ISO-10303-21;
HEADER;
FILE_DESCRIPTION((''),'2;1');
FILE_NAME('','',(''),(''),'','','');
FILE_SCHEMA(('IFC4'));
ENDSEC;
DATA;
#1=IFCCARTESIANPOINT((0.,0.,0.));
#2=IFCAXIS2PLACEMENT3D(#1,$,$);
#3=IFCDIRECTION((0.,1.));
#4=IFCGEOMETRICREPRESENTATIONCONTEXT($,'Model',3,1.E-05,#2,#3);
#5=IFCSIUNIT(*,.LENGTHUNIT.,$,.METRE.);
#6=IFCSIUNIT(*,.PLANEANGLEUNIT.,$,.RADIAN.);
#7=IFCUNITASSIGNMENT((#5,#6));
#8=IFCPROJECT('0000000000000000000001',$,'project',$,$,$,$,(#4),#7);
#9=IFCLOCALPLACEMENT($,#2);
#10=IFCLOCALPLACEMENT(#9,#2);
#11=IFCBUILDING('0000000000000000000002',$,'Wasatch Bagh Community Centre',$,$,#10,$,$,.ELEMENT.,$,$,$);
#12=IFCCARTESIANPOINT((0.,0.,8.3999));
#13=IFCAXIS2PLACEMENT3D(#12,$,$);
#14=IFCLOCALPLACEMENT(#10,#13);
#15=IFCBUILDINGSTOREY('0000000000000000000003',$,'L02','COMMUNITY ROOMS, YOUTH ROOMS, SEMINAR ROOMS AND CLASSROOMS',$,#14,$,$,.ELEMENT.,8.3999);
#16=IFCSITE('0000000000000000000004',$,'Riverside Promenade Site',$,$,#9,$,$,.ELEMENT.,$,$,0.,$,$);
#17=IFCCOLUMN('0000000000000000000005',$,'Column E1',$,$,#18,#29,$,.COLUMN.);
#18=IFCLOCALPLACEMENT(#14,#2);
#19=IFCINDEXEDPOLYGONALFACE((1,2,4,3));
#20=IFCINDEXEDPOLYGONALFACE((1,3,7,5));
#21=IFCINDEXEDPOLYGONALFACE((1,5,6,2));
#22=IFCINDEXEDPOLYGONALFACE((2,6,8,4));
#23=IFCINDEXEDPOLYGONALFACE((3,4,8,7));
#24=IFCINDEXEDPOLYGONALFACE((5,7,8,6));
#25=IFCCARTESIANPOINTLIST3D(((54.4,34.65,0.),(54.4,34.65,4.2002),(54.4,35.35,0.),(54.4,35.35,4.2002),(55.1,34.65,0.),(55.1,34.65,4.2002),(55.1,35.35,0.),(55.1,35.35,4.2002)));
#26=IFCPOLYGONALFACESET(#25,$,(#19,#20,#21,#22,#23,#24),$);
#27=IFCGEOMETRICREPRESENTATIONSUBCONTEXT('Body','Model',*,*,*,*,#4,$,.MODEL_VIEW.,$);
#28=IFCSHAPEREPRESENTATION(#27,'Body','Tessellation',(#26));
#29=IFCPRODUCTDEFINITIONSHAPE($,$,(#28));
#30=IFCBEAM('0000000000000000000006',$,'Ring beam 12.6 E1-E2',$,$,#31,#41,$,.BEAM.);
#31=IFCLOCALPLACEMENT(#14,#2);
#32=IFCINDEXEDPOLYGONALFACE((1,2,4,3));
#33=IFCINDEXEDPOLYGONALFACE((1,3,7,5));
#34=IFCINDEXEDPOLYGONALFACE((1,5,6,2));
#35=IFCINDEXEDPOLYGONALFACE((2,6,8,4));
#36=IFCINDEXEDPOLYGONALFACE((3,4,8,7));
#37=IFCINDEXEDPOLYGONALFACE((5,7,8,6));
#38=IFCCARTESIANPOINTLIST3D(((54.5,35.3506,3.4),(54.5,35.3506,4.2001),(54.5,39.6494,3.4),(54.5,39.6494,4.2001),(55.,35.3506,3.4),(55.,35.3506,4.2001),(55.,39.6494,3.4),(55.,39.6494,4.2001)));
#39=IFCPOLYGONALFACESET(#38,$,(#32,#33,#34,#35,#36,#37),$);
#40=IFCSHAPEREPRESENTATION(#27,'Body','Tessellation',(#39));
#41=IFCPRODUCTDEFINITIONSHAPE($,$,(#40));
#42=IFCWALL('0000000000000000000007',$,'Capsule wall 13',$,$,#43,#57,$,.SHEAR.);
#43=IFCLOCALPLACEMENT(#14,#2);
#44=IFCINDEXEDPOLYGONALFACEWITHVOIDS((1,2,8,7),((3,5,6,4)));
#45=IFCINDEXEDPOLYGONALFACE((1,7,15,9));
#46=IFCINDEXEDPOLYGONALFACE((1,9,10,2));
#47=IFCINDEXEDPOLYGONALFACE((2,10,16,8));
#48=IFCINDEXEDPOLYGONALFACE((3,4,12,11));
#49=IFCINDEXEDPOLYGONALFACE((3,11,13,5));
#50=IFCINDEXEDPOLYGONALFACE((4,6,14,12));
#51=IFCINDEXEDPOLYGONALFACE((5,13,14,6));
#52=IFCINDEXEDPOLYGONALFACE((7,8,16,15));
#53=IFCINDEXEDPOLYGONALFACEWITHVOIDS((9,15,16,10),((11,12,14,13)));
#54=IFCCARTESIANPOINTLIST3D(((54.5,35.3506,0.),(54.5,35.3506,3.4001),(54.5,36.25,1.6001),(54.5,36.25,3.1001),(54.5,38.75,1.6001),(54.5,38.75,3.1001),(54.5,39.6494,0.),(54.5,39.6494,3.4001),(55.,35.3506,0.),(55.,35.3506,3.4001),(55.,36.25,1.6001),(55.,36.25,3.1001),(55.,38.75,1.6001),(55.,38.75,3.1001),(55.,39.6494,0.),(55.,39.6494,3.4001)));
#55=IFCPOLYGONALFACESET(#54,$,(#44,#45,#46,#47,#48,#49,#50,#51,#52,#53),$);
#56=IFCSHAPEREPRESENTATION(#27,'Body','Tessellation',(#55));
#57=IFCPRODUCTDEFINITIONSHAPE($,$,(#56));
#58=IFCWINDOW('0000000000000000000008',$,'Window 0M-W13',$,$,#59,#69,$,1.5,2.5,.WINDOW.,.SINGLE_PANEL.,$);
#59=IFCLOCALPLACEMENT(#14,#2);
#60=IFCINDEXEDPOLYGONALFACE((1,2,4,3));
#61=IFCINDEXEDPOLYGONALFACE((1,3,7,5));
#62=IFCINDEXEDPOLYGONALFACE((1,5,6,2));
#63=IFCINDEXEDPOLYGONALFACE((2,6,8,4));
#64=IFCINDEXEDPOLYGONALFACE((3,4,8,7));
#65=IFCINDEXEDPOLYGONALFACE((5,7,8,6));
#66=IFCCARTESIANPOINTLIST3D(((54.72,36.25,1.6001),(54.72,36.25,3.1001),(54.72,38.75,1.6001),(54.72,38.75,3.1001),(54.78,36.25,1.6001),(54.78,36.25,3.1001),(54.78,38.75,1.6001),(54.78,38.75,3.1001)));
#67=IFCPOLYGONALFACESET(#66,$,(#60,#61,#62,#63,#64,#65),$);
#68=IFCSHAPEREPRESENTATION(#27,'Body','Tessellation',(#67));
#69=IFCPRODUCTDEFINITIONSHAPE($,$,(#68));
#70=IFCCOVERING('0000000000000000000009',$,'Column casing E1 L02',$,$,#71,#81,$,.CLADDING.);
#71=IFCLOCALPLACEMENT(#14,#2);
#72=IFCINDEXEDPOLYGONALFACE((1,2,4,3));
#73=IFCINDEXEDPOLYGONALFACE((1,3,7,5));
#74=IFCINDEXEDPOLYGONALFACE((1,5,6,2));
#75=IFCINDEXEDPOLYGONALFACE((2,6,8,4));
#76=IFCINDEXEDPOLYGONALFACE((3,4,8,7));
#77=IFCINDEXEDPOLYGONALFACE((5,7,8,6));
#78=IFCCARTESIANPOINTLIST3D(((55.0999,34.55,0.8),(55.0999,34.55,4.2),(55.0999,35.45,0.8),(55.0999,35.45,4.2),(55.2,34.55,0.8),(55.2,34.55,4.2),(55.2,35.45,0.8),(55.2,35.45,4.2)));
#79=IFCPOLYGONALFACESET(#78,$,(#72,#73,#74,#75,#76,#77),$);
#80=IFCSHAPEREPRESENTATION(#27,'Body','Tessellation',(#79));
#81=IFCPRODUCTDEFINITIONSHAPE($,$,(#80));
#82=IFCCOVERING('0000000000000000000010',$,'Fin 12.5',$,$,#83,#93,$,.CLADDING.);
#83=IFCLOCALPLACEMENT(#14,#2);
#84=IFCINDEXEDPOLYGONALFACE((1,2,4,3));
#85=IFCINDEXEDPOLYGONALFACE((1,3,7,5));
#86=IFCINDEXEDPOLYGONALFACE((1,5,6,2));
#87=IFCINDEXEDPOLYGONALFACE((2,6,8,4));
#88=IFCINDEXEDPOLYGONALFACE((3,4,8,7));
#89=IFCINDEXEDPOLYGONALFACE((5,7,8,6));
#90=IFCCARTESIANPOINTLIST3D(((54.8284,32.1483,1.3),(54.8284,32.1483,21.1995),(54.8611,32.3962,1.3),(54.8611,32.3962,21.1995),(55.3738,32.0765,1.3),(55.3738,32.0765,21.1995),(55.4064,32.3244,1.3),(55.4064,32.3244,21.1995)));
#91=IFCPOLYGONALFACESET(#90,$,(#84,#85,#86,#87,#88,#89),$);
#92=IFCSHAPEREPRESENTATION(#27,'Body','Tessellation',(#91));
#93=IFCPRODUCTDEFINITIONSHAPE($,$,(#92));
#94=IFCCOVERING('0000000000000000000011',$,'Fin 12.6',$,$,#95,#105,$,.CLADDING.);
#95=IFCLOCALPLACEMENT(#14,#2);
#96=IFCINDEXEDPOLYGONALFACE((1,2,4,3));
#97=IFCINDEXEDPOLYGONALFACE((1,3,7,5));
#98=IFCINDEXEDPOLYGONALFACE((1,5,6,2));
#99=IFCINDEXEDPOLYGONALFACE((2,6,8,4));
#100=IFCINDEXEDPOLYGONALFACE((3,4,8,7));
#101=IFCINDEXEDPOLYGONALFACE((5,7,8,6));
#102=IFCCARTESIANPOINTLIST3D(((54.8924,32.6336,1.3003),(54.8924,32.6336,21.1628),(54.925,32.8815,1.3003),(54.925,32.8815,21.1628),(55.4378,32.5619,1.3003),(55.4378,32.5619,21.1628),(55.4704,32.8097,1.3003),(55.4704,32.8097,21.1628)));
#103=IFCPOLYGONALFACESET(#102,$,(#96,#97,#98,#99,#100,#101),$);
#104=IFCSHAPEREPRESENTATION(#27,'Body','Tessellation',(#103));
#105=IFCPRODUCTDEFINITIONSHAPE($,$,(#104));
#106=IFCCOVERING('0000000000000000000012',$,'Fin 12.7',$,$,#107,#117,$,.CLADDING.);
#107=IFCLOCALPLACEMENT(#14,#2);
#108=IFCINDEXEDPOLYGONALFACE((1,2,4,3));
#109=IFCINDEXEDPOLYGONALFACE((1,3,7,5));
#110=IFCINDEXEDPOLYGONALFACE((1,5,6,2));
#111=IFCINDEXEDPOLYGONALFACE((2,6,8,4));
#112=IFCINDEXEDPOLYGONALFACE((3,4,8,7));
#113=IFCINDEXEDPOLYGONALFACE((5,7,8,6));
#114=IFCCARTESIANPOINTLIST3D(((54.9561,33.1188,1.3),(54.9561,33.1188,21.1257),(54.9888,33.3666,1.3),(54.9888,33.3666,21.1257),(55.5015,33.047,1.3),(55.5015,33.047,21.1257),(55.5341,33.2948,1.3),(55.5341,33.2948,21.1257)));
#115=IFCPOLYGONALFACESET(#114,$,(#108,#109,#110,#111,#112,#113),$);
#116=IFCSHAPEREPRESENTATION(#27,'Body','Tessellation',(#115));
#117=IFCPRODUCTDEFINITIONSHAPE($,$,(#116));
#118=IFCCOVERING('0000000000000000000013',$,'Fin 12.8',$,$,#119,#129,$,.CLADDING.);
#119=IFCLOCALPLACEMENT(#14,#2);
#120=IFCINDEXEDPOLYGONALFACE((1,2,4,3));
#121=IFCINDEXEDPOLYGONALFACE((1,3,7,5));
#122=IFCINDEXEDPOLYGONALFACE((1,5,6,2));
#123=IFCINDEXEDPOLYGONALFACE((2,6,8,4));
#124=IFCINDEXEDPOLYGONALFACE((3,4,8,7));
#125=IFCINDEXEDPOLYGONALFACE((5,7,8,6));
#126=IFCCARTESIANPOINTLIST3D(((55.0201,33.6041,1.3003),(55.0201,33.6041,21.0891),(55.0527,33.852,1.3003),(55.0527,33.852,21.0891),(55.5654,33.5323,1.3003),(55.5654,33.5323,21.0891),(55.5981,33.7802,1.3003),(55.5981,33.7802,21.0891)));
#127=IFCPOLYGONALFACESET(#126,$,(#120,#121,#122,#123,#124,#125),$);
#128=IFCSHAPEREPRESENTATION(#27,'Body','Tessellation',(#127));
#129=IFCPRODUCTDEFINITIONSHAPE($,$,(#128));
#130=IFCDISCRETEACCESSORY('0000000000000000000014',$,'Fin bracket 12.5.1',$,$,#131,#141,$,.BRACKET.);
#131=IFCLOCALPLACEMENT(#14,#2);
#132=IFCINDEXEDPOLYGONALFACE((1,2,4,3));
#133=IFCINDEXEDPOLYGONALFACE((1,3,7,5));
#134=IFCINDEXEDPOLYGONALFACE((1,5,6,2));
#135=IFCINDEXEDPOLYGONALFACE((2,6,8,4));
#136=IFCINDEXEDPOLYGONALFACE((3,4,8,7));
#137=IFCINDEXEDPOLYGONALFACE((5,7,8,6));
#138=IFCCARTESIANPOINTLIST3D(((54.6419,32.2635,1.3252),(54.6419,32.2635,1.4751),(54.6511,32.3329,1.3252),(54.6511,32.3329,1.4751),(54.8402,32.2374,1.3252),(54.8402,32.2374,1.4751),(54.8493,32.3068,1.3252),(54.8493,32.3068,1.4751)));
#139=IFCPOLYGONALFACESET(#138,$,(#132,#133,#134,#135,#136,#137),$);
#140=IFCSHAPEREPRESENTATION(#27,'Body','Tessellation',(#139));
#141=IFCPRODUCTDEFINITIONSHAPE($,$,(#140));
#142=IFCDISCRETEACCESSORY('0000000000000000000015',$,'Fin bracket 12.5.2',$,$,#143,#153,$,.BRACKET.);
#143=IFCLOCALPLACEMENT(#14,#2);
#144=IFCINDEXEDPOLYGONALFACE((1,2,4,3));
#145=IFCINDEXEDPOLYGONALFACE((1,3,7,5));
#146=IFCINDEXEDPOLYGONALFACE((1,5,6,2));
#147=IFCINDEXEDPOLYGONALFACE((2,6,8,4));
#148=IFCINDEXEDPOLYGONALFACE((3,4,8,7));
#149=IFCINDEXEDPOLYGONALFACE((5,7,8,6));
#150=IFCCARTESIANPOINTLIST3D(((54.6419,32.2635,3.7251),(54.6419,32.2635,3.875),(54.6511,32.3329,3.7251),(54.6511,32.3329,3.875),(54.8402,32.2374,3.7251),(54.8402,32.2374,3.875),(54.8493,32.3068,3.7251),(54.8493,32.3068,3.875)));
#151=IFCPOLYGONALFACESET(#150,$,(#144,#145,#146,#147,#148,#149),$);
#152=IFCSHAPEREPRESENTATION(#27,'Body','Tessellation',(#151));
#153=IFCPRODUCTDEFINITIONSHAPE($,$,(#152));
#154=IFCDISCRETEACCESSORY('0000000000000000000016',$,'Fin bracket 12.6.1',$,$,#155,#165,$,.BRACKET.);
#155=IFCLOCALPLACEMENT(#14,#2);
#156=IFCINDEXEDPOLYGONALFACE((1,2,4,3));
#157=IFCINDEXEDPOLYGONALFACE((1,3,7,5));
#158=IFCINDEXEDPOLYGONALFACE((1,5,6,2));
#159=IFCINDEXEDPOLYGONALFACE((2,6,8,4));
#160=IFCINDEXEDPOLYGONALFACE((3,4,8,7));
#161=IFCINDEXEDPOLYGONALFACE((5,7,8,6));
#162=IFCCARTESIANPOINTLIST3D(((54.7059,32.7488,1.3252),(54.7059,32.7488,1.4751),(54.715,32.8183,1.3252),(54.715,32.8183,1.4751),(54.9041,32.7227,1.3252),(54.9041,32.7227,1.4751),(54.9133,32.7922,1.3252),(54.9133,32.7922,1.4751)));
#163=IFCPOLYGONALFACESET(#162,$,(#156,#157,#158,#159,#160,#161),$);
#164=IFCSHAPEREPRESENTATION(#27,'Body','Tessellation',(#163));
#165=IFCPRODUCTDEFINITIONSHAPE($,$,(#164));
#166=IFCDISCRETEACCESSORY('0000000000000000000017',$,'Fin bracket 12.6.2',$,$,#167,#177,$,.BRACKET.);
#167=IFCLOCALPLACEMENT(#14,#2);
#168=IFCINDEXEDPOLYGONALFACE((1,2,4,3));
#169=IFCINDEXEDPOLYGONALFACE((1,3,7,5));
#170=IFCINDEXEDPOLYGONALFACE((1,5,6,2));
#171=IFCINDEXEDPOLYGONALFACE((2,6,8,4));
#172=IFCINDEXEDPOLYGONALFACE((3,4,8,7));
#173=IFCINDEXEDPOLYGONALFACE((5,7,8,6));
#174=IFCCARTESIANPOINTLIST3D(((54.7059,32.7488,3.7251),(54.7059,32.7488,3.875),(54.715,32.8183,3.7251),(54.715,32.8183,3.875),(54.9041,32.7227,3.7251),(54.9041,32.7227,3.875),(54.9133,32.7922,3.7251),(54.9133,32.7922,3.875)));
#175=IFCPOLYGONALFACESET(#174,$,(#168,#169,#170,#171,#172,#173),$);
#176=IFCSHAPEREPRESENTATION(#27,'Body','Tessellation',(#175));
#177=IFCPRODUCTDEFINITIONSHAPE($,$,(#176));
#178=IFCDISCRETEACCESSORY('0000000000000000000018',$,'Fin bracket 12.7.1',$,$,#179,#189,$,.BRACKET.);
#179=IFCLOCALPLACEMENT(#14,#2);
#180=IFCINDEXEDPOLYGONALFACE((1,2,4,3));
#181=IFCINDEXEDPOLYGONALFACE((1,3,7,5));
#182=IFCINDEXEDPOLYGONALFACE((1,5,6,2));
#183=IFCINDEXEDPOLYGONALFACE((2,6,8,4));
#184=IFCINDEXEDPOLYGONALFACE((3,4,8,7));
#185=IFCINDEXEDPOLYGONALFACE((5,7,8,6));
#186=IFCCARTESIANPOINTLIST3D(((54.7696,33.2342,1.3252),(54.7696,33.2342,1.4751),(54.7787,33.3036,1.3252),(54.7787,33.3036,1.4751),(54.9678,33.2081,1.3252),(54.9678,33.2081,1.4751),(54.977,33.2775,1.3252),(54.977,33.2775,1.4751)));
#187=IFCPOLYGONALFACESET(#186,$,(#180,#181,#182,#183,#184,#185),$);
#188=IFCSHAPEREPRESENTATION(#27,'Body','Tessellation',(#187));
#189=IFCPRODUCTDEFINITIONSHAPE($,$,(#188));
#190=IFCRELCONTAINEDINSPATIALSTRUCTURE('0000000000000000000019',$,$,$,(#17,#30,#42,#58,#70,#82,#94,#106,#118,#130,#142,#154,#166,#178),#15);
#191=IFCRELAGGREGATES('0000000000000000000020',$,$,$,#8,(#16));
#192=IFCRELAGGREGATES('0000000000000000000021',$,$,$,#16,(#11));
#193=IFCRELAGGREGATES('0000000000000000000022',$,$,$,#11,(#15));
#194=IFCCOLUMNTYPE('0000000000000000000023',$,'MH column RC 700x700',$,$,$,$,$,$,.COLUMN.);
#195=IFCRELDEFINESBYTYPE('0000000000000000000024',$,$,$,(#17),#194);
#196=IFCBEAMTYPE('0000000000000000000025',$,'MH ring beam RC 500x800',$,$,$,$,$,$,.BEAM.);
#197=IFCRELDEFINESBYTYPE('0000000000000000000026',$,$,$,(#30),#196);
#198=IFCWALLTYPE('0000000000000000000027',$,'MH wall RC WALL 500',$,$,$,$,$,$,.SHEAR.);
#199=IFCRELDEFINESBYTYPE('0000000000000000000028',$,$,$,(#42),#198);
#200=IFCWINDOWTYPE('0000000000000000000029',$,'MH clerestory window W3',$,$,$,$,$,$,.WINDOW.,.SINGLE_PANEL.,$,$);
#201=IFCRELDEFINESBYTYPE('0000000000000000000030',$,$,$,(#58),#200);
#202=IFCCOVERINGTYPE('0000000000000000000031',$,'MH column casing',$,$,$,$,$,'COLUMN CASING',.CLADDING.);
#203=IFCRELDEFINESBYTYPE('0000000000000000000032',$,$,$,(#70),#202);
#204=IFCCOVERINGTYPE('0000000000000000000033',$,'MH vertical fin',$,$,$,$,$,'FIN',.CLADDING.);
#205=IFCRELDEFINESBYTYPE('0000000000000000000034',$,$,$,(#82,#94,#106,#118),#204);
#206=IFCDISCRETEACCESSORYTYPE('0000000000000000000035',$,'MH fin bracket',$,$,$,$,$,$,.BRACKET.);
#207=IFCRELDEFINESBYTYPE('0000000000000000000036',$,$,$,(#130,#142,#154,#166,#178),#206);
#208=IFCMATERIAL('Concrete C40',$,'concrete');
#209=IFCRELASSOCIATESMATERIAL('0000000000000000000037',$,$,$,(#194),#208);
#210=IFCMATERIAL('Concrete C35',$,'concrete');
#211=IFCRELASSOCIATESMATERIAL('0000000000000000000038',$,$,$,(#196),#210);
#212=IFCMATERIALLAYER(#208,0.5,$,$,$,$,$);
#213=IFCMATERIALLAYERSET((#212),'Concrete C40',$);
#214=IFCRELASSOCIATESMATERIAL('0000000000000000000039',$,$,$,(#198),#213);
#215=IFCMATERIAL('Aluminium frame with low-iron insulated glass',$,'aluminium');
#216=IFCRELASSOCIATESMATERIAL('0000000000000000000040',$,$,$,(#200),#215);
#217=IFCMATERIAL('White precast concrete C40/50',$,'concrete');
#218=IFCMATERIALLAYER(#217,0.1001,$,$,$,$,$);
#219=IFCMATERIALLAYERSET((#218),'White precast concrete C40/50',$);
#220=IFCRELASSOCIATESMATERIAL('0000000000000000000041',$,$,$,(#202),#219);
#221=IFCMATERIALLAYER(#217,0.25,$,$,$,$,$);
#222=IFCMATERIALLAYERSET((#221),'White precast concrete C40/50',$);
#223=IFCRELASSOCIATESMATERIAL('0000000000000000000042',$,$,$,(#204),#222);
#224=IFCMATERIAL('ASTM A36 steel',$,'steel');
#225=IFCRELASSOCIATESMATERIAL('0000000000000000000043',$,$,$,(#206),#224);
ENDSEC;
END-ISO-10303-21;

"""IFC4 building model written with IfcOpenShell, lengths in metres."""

from ifc_helpers import new_model, si_unit, direction, frame, frame_2d, origin, origin_2d, place, context, subcontext, project, spatial, rectangle, extrude, material, layer, layer_set, material_profile, profile_set, type_object, element, fill, save


model = new_model("IFC4")

# Units and contexts
model_context = context("Model", 3, precision=1e-05, world=origin(), true_north=direction((0.0, 1.0)))
body_context = subcontext(model_context, "Body", "Model", "MODEL_VIEW")
ifc_project = project(units=[si_unit("LENGTHUNIT", "METRE"), si_unit("PLANEANGLEUNIT", "RADIAN")], contexts=[model_context])

# Site, building, storey
site_placement = place(None, origin())
site = spatial("IfcSite", under=ifc_project, at=site_placement, Name="Riverside Promenade Site", CompositionType="ELEMENT", RefElevation=0.0)
building_placement = place(site_placement, origin())
building = spatial("IfcBuilding", under=site, at=building_placement, Name="Wasatch Bagh Community Centre", CompositionType="ELEMENT")
storey_placement = place(building_placement, frame((0.0, 0.0, 8.3999)))
storey = spatial("IfcBuildingStorey", under=building, at=storey_placement, Name="L02", Description="COMMUNITY ROOMS, YOUTH ROOMS, SEMINAR ROOMS AND CLASSROOMS", CompositionType="ELEMENT", Elevation=8.3999)

# Column
ifc_material_1 = material(Name="Concrete C40", Category="concrete")
ifc_material_profile_1 = material_profile(ifc_material_1, rectangle(XDim=0.7, YDim=0.7, at=origin_2d()), Name="RC 700x700")
ifc_profile_set_1 = profile_set([ifc_material_profile_1], Name="Concrete C40")
column_type = type_object("IfcColumnType", Name="MH column RC 700x700", PredefinedType="COLUMN", material=ifc_profile_set_1)
column_placement = place(storey_placement, frame((54.75, 35.0, 0.0), z_axis=(0.0, 0.0, 1.0), x_axis=(1.0, 0.0, 0.0)))
element("IfcColumn", 1, at=column_placement, inside=storey, type_object=column_type, Name="Column E1", PredefinedType="COLUMN", context=body_context, shape_type="SweptSolid", body=[
    extrude(rectangle(XDim=0.7, YDim=0.7, at=origin_2d()), origin(), (0.0, 0.0, 1.0), 4.2002),
])

# Beam
ifc_material_2 = material(Name="Concrete C35", Category="concrete")
ifc_material_profile_2 = material_profile(ifc_material_2, rectangle(XDim=0.5, YDim=0.8, at=origin_2d()), Name="RC 500x800")
ifc_profile_set_2 = profile_set([ifc_material_profile_2], Name="Concrete C35")
beam_type = type_object("IfcBeamType", Name="MH ring beam RC 500x800", PredefinedType="BEAM", material=ifc_profile_set_2)
beam_placement = place(storey_placement, frame((54.75, 35.3506, 3.8), z_axis=(0.0, 1.0, 0.0), x_axis=(-1.0, 0.0, 0.0)))
element("IfcBeam", 2, at=beam_placement, inside=storey, type_object=beam_type, Name="Ring beam 12.6 E1-E2", PredefinedType="BEAM", context=body_context, shape_type="SweptSolid", body=[
    extrude(rectangle(XDim=0.5, YDim=0.8, at=origin_2d()), origin(), (0.0, 0.0, 1.0), 4.2988),
])

# Wall, opening, window
ifc_layer_1 = layer(ifc_material_1, 0.5)
ifc_layer_set_1 = layer_set([ifc_layer_1], Name="Concrete C40")
wall_type = type_object("IfcWallType", Name="MH wall RC WALL 500", PredefinedType="SHEAR", material=ifc_layer_set_1)
wall_placement = place(storey_placement, frame((54.75, 35.3506, 0.0), z_axis=(0.0, 0.0, 1.0), x_axis=(0.0, 1.0, 0.0)))
wall = element("IfcWall", 3, at=wall_placement, inside=storey, type_object=wall_type, Name="Capsule wall 13", PredefinedType="SHEAR", context=body_context, shape_type="SweptSolid", body=[
    extrude(rectangle(XDim=4.2988, YDim=0.5, at=frame_2d((2.1494, 0.0))), origin(), (0.0, 0.0, 1.0), 3.4001),
])
opening_placement = place(wall_placement, frame((0.8994, 0.0, 1.6001)))
opening = element("IfcOpeningElement", 4, at=opening_placement, cuts=wall, PredefinedType="OPENING", context=body_context, shape_type="SweptSolid", body=[
    extrude(rectangle(XDim=2.5, YDim=1.5, at=frame_2d((1.25, 0.75))), frame((0.0, 0.26, 0.0), z_axis=(0.0, -1.0, 0.0), x_axis=(1.0, 0.0, 0.0)), (0.0, 0.0, 1.0), 0.52),
])
ifc_material_3 = material(Name="Aluminium frame with low-iron insulated glass", Category="aluminium")
window_type = type_object("IfcWindowType", Name="MH clerestory window W3", PartitioningType="SINGLE_PANEL", PredefinedType="WINDOW", material=ifc_material_3)
window_placement = place(opening_placement, origin())
window = element("IfcWindow", 5, at=window_placement, inside=storey, type_object=window_type, Name="Window 0M-W13", OverallHeight=1.5, OverallWidth=2.5, PartitioningType="SINGLE_PANEL", PredefinedType="WINDOW", context=body_context, shape_type="SweptSolid", body=[
    extrude(rectangle(XDim=2.5, YDim=1.5, at=frame_2d((1.25, 0.75))), frame((0.0, 0.03, 0.0), z_axis=(0.0, -1.0, 0.0), x_axis=(1.0, 0.0, 0.0)), (0.0, 0.0, 1.0), 0.0601),
])
fill(opening, window)

# Coverings
ifc_material_4 = material(Name="White precast concrete C40/50", Category="concrete")
ifc_layer_2 = layer(ifc_material_4, 0.1001)
ifc_layer_set_2 = layer_set([ifc_layer_2], Name="White precast concrete C40/50")
covering_type_1 = type_object("IfcCoveringType", Name="MH column casing", ElementType="COLUMN CASING", PredefinedType="CLADDING", material=ifc_layer_set_2)
covering_1_placement = place(storey_placement, frame((55.1499, 35.0, 0.8), z_axis=(0.0, 0.0, 1.0), x_axis=(0.0, 1.0, 0.0)))
element("IfcCovering", 6, at=covering_1_placement, inside=storey, type_object=covering_type_1, Name="Column casing E1 L02", PredefinedType="CLADDING", context=body_context, shape_type="SweptSolid", body=[
    extrude(rectangle(XDim=0.8999, YDim=0.1001, at=origin_2d()), origin(), (0.0, 0.0, 1.0), 3.3999),
])
ifc_layer_3 = layer(ifc_material_4, 0.25)
ifc_layer_set_3 = layer_set([ifc_layer_3], Name="White precast concrete C40/50")
covering_type_2 = type_object("IfcCoveringType", Name="MH vertical fin", ElementType="FIN", PredefinedType="CLADDING", material=ifc_layer_set_3)
covering_2_placement = place(storey_placement, frame((55.1174, 32.2363, 1.3), z_axis=(0.0, 0.0, 1.0), x_axis=(0.130526, 0.991445, 0.0)))
element("IfcCovering", 7, at=covering_2_placement, inside=storey, type_object=covering_type_2, Name="Fin 12.5", PredefinedType="CLADDING", context=body_context, shape_type="SweptSolid", body=[
    extrude(rectangle(XDim=0.25, YDim=0.55, at=origin_2d()), origin(), (0.0, 0.0, 1.0), 19.8994),
])
covering_3_placement = place(storey_placement, frame((55.1814, 32.7217, 1.3003), z_axis=(0.0, 0.0, 1.0), x_axis=(0.130526, 0.991445, 0.0)))
element("IfcCovering", 8, at=covering_3_placement, inside=storey, type_object=covering_type_2, Name="Fin 12.6", PredefinedType="CLADDING", context=body_context, shape_type="SweptSolid", body=[
    extrude(rectangle(XDim=0.25, YDim=0.55, at=origin_2d()), origin(), (0.0, 0.0, 1.0), 19.8625),
])
covering_4_placement = place(storey_placement, frame((55.2451, 33.2068, 1.3), z_axis=(0.0, 0.0, 1.0), x_axis=(0.130526, 0.991445, 0.0)))
element("IfcCovering", 9, at=covering_4_placement, inside=storey, type_object=covering_type_2, Name="Fin 12.7", PredefinedType="CLADDING", context=body_context, shape_type="SweptSolid", body=[
    extrude(rectangle(XDim=0.25, YDim=0.55, at=origin_2d()), origin(), (0.0, 0.0, 1.0), 19.8257),
])
covering_5_placement = place(storey_placement, frame((55.3091, 33.6921, 1.3003), z_axis=(0.0, 0.0, 1.0), x_axis=(0.130526, 0.991445, 0.0)))
element("IfcCovering", 10, at=covering_5_placement, inside=storey, type_object=covering_type_2, Name="Fin 12.8", PredefinedType="CLADDING", context=body_context, shape_type="SweptSolid", body=[
    extrude(rectangle(XDim=0.25, YDim=0.55, at=origin_2d()), origin(), (0.0, 0.0, 1.0), 19.7888),
])

# Discrete accessories
ifc_material_5 = material(Name="ASTM A36 steel", Category="steel")
discrete_accessory_type = type_object("IfcDiscreteAccessoryType", Name="MH fin bracket", PredefinedType="BRACKET", material=ifc_material_5)
for number, where, z_axis, x_axis, name in (
    (11, (54.7456, 32.2852, 1.3252), (0.0, 0.0, 1.0), (0.130526, 0.991445, 0.0), "Fin bracket 12.5.1"),
    (12, (54.7456, 32.2852, 3.7251), (0.0, 0.0, 1.0), (0.130526, 0.991445, 0.0), "Fin bracket 12.5.2"),
    (13, (54.8096, 32.7705, 1.3252), (0.0, 0.0, 1.0), (0.130526, 0.991445, 0.0), "Fin bracket 12.6.1"),
    (14, (54.8096, 32.7705, 3.7251), (0.0, 0.0, 1.0), (0.130526, 0.991445, 0.0), "Fin bracket 12.6.2"),
    (15, (54.8733, 33.2559, 1.3252), (0.0, 0.0, 1.0), (0.130526, 0.991445, 0.0), "Fin bracket 12.7.1"),
):
    element("IfcDiscreteAccessory", number, at=place(storey_placement, frame(where, z_axis=z_axis, x_axis=x_axis)), inside=storey, type_object=discrete_accessory_type, Name=name, PredefinedType="BRACKET", context=body_context, shape_type="SweptSolid", body=[
        extrude(rectangle(XDim=0.0701, YDim=0.2, at=origin_2d()), origin(), (0.0, 0.0, 1.0), 0.1499),
    ])

save(model, "model.ifc")
